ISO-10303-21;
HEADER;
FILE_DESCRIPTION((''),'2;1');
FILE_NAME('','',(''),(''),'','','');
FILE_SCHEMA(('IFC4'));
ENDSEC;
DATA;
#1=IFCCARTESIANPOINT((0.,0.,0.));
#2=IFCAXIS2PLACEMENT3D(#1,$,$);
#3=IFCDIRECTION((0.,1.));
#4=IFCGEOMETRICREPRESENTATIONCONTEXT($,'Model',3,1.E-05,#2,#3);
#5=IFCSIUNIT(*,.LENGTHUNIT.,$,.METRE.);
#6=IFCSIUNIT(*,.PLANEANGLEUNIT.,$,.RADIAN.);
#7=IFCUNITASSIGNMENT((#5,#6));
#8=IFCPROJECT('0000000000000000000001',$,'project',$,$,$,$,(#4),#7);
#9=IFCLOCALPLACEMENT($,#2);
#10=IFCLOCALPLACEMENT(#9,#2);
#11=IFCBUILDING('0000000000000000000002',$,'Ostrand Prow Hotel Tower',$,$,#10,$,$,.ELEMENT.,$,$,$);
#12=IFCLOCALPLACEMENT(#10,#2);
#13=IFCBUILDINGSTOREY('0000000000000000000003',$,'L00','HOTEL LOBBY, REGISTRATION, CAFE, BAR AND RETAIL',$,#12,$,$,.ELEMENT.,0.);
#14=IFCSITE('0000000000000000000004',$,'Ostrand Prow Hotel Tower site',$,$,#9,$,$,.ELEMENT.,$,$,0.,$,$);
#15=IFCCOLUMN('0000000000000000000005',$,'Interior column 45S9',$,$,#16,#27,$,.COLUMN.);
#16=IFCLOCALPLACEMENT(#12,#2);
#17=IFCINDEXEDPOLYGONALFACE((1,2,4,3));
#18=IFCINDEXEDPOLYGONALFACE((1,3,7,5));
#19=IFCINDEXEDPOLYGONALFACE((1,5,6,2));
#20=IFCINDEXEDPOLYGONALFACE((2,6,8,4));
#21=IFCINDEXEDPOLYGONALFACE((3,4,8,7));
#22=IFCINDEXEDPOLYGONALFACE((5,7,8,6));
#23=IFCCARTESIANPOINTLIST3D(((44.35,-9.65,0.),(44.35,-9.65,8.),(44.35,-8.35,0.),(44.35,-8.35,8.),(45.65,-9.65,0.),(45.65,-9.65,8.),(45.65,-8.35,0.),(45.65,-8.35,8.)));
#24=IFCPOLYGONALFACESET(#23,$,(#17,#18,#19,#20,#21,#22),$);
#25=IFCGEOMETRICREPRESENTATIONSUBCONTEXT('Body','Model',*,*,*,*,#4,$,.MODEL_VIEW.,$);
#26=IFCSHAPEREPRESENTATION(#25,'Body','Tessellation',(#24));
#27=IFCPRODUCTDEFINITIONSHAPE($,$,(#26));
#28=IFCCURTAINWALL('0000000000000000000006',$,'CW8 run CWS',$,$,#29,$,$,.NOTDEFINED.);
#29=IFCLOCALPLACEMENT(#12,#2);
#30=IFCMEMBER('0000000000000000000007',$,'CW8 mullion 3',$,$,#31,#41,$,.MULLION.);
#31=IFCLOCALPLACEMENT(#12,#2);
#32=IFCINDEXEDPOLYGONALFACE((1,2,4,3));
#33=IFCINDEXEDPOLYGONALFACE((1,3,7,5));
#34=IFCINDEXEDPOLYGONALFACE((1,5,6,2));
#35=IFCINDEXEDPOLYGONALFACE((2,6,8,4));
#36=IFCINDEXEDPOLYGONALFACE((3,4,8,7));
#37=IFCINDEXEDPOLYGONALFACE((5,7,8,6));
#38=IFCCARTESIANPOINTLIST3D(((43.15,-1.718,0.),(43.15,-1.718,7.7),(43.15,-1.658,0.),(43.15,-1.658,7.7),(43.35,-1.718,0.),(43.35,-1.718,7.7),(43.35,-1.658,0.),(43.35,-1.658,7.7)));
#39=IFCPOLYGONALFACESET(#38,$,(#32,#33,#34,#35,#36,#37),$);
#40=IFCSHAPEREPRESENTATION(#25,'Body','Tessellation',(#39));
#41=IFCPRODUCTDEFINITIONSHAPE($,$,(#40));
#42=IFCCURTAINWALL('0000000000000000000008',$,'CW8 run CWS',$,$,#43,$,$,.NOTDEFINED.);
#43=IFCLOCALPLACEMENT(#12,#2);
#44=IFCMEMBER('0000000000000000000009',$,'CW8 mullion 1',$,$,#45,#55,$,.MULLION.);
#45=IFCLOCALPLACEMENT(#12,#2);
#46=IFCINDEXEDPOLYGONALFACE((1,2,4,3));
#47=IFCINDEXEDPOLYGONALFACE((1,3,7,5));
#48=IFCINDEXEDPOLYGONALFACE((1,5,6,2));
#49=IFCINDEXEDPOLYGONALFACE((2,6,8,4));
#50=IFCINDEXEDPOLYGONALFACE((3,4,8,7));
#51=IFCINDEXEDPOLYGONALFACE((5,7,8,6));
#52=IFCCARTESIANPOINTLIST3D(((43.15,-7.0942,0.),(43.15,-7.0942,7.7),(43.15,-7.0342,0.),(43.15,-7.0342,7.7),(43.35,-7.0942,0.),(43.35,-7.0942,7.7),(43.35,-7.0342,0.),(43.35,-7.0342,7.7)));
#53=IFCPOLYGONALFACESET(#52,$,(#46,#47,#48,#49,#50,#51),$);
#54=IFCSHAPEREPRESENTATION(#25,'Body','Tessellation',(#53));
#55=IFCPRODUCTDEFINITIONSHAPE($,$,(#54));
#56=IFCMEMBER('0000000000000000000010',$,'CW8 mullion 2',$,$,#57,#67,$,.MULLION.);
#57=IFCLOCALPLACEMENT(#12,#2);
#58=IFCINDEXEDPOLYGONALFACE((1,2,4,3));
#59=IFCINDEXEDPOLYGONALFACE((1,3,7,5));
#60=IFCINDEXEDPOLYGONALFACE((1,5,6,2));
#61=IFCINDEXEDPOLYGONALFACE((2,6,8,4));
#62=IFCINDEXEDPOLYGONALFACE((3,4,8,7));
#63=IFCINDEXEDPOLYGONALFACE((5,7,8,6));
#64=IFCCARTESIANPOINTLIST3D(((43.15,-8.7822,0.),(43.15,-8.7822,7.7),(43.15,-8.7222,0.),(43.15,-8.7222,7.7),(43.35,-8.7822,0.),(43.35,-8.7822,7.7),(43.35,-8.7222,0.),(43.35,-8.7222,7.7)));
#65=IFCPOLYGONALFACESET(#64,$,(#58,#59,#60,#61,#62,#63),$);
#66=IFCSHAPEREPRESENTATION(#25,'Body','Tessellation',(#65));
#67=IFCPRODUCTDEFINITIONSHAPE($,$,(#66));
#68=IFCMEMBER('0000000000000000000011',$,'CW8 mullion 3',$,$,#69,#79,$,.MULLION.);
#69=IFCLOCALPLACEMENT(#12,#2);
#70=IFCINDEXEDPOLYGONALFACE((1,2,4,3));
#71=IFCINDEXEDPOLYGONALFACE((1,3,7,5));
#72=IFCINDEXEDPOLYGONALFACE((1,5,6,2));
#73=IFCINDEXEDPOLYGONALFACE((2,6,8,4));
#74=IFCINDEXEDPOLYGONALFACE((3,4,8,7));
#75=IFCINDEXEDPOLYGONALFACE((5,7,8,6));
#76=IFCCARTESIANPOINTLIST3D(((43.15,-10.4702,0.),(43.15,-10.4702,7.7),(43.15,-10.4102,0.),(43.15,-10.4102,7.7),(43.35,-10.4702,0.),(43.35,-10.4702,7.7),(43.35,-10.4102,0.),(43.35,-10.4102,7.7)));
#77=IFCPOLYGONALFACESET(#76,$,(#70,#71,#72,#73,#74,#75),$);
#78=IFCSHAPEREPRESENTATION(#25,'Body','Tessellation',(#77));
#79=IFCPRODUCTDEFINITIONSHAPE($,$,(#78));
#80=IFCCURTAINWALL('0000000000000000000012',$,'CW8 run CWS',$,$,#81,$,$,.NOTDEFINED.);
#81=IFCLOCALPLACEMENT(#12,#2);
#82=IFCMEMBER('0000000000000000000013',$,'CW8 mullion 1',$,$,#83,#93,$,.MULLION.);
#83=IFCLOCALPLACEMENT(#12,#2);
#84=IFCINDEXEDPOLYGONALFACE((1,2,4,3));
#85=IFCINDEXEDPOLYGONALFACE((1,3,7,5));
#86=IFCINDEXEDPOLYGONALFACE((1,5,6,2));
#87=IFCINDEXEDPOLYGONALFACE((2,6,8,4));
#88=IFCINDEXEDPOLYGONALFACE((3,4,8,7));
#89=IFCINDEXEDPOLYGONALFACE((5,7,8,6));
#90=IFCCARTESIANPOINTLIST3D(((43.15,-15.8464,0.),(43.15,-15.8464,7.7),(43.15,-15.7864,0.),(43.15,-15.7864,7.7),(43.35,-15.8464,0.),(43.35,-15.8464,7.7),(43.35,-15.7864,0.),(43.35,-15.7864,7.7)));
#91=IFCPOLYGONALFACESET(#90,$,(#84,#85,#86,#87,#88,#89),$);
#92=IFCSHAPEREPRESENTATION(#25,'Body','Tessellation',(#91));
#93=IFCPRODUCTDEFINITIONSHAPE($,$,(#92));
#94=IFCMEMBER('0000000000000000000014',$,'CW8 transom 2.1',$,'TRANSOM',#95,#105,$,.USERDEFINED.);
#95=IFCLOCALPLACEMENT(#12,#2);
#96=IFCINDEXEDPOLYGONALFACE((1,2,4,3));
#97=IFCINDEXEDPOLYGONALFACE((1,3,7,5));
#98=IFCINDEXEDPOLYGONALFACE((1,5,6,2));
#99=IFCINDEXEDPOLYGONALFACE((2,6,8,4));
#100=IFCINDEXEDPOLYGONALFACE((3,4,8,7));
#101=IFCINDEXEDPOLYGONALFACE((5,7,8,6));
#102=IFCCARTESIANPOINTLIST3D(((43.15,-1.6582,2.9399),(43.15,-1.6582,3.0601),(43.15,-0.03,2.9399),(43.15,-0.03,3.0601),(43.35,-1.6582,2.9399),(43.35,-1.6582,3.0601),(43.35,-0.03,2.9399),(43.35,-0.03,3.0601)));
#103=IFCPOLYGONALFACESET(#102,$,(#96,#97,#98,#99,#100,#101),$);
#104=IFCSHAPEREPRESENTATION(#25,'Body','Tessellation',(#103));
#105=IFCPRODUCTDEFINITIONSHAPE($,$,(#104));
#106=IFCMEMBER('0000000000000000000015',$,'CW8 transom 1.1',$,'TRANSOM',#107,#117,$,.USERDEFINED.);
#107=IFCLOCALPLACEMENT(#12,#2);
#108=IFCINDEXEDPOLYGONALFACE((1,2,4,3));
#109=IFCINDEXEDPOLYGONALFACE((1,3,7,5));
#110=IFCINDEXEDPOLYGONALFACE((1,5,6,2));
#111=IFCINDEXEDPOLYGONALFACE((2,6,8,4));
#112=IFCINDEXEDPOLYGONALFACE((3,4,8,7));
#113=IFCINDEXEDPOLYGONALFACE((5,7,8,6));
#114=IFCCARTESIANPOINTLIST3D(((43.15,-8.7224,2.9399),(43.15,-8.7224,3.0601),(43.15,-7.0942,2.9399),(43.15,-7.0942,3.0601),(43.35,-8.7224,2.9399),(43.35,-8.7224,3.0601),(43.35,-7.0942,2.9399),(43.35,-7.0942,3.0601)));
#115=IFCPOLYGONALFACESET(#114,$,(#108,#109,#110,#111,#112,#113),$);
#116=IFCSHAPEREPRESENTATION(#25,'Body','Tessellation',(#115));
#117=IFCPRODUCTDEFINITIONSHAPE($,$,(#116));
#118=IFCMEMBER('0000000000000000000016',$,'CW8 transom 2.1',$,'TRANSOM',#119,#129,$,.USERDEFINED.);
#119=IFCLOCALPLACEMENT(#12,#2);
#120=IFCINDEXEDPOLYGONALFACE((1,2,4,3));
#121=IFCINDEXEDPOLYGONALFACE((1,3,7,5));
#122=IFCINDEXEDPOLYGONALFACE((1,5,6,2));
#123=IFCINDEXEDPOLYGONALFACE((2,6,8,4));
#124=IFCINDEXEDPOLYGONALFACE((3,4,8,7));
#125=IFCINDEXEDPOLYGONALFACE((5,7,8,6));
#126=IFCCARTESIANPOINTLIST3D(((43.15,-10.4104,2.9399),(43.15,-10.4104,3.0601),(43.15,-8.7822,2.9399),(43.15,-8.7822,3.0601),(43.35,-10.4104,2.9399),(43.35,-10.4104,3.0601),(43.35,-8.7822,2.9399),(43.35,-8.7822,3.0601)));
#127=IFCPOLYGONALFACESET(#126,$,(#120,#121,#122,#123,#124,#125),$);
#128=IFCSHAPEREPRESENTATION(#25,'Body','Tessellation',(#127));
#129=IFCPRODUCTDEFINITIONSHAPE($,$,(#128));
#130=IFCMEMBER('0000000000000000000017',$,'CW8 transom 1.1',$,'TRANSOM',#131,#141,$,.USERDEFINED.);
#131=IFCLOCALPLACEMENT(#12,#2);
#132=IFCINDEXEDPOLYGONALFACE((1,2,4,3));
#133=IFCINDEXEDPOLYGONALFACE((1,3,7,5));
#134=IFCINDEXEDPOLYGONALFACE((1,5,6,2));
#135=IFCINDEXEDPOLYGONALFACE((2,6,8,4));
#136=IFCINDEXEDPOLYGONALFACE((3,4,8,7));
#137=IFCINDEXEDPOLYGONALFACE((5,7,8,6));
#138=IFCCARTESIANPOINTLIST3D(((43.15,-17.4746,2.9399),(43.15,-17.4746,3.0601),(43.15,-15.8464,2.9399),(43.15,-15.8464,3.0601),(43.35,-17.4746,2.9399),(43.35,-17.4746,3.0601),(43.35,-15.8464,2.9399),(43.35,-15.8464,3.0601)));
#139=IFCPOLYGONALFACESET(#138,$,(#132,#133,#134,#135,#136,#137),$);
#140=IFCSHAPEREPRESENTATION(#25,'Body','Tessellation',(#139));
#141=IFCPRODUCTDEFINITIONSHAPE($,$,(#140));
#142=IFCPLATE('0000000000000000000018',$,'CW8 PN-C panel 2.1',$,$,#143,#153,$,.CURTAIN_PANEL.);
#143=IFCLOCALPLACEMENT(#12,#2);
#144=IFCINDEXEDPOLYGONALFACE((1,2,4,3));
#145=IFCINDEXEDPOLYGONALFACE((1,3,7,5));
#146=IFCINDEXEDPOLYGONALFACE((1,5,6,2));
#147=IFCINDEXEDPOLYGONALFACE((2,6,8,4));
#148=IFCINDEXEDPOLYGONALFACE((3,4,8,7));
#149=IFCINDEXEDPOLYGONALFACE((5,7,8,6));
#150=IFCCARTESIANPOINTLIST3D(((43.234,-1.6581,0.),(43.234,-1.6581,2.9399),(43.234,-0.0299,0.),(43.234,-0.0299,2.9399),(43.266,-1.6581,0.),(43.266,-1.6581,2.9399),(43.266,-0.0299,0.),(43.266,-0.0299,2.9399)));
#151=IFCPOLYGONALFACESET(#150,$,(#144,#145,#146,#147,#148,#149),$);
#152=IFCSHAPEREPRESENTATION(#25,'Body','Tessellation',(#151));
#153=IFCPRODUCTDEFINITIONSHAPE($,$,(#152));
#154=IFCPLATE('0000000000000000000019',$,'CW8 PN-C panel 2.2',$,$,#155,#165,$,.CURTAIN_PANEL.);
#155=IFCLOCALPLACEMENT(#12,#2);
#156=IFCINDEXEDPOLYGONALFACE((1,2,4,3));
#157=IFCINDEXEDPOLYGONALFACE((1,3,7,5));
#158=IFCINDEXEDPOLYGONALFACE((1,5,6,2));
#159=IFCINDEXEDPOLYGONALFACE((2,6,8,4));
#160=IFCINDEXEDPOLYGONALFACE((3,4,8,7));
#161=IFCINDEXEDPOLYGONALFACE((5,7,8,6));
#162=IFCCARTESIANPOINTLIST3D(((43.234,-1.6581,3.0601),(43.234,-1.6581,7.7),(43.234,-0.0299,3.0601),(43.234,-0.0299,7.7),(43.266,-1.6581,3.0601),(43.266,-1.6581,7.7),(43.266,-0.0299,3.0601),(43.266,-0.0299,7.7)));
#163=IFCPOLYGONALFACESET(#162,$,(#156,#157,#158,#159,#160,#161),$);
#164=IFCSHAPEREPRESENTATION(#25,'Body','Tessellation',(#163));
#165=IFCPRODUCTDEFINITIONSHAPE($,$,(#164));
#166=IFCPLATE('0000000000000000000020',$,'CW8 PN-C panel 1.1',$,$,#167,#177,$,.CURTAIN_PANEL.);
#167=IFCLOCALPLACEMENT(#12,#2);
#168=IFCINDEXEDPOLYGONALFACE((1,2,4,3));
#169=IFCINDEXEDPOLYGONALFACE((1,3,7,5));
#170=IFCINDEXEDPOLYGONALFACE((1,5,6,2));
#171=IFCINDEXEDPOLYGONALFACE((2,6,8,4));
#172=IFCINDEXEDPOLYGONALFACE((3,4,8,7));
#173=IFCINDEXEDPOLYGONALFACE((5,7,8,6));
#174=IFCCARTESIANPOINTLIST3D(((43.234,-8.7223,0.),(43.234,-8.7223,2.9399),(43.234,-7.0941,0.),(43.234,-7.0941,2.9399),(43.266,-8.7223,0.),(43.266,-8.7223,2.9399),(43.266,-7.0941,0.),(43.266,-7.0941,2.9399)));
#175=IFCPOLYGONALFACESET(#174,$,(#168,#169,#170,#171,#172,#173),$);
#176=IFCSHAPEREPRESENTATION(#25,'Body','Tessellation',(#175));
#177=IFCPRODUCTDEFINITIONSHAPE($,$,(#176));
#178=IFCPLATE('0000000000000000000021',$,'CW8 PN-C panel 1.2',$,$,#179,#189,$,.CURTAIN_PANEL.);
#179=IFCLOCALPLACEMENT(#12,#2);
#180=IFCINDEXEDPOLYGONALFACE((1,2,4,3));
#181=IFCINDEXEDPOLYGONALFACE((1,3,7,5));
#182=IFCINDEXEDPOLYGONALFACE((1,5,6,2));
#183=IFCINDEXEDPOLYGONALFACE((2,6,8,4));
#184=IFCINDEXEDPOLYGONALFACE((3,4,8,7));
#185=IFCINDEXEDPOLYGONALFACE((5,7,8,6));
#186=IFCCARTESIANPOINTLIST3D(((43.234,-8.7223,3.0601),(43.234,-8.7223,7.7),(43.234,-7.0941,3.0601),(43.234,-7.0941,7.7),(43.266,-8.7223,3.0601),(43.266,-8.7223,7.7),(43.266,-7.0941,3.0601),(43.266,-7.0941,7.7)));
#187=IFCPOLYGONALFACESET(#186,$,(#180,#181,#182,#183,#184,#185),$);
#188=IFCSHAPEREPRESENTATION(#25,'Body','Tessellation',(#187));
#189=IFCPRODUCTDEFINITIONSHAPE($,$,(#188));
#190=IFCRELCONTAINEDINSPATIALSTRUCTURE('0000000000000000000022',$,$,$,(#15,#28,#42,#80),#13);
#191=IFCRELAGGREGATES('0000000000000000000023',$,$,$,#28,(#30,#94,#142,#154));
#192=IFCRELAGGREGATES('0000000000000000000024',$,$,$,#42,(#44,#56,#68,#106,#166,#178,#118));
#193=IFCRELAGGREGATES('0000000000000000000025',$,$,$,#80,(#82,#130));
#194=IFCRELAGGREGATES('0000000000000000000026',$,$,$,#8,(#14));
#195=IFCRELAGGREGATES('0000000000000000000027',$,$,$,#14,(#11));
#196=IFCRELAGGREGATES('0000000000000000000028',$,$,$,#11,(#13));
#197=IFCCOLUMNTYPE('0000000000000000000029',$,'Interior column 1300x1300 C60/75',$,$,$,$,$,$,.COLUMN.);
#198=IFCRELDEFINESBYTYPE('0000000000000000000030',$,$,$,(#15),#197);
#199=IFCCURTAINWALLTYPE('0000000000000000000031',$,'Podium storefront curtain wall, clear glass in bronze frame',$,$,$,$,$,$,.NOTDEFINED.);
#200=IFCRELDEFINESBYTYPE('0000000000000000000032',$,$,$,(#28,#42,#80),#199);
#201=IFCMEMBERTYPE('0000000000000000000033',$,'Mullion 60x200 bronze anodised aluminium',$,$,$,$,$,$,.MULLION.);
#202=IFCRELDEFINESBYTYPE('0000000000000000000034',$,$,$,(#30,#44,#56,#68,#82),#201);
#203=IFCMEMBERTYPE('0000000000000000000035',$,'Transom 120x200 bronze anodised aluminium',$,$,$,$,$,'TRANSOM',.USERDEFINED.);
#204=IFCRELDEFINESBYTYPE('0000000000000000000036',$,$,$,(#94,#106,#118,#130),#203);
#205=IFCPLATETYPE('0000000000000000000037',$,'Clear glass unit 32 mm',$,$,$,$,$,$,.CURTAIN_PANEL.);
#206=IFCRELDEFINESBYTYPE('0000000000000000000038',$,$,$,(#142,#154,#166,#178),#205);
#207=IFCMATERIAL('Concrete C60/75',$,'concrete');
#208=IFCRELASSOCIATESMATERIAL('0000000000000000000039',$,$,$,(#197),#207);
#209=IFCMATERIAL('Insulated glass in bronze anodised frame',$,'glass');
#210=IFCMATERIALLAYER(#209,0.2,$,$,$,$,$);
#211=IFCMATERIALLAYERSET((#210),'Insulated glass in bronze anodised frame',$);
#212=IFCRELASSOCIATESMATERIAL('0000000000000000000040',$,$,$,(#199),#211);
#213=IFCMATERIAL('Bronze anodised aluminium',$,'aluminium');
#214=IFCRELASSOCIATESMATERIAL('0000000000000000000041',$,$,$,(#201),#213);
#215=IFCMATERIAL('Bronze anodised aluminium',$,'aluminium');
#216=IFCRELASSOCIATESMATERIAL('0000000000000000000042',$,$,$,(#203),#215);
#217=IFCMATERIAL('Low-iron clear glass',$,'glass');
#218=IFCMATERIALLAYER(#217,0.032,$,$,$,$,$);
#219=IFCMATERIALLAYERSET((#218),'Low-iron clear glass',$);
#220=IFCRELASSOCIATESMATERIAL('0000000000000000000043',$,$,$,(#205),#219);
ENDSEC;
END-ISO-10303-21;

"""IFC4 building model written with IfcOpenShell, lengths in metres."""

from ifc_helpers import new_model, si_unit, direction, frame, origin, origin_2d, place, context, subcontext, project, spatial, rectangle, extrude, material, layer, layer_set, material_profile, profile_set, type_object, element, aggregate, save


model = new_model("IFC4")

# Units and contexts
model_context = context("Model", 3, precision=1e-05, world=origin(), true_north=direction((0.0, 1.0)))
body_context = subcontext(model_context, "Body", "Model", "MODEL_VIEW")
ifc_project = project(units=[si_unit("LENGTHUNIT", "METRE"), si_unit("PLANEANGLEUNIT", "RADIAN")], contexts=[model_context])

# Site, building, storey
site_placement = place(None, origin())
site = spatial("IfcSite", under=ifc_project, at=site_placement, Name="Ostrand Prow Hotel Tower site", CompositionType="ELEMENT", RefElevation=0.0)
building_placement = place(site_placement, origin())
building = spatial("IfcBuilding", under=site, at=building_placement, Name="Ostrand Prow Hotel Tower", CompositionType="ELEMENT")
storey_placement = place(building_placement, origin())
storey = spatial("IfcBuildingStorey", under=building, at=storey_placement, Name="L00", Description="HOTEL LOBBY, REGISTRATION, CAFE, BAR AND RETAIL", CompositionType="ELEMENT", Elevation=0.0)

# Column
ifc_material_1 = material(Name="Concrete C60/75", Category="concrete")
ifc_material_profile_1 = material_profile(ifc_material_1, rectangle(XDim=1.3, YDim=1.3, at=origin_2d()), Name="RC 1300x1300")
ifc_profile_set_1 = profile_set([ifc_material_profile_1], Name="Concrete C60/75")
column_type = type_object("IfcColumnType", Name="Interior column 1300x1300 C60/75", PredefinedType="COLUMN", material=ifc_profile_set_1)
column_placement = place(storey_placement, frame((45.0, -9.0, 0.0), z_axis=(0.0, 0.0, 1.0), x_axis=(1.0, 0.0, 0.0)))
element("IfcColumn", 1, at=column_placement, inside=storey, type_object=column_type, Name="Interior column 45S9", PredefinedType="COLUMN", context=body_context, shape_type="SweptSolid", body=[
    extrude(rectangle(XDim=1.3, YDim=1.3, at=origin_2d()), origin(), (0.0, 0.0, 1.0), 8.0),
])

# Curtain wall, member
ifc_material_2 = material(Name="Insulated glass in bronze anodised frame", Category="glass")
ifc_layer_1 = layer(ifc_material_2, 0.2)
ifc_layer_set_1 = layer_set([ifc_layer_1], Name="Insulated glass in bronze anodised frame")
curtain_wall_type = type_object("IfcCurtainWallType", Name="Podium storefront curtain wall, clear glass in bronze frame", PredefinedType="NOTDEFINED", material=ifc_layer_set_1)
curtain_wall_1_placement = place(storey_placement, origin())
curtain_wall_1 = element("IfcCurtainWall", 2, at=curtain_wall_1_placement, inside=storey, type_object=curtain_wall_type, Name="CW8 run CWS", PredefinedType="NOTDEFINED")
ifc_material_3 = material(Name="Bronze anodised aluminium", Category="aluminium")
ifc_material_profile_2 = material_profile(ifc_material_3, rectangle(XDim=0.2, YDim=0.0601, at=origin_2d()), Name="Mullion 60x200 bronze anodised aluminium")
ifc_profile_set_2 = profile_set([ifc_material_profile_2], Name="Bronze anodised aluminium")
member_type_1 = type_object("IfcMemberType", Name="Mullion 60x200 bronze anodised aluminium", PredefinedType="MULLION", material=ifc_profile_set_2)
member_1_placement = place(storey_placement, frame((43.25, -1.688, 0.0), z_axis=(0.0, 0.0, 1.0), x_axis=(1.0, 0.0, 0.0)))
member_1 = element("IfcMember", 3, at=member_1_placement, type_object=member_type_1, Name="CW8 mullion 3", PredefinedType="MULLION", context=body_context, shape_type="SweptSolid", body=[
    extrude(rectangle(XDim=0.2, YDim=0.0601, at=origin_2d()), origin(), (0.0, 0.0, 1.0), 7.7),
])

# Curtain wall, members
curtain_wall_2_placement = place(storey_placement, origin())
curtain_wall_2 = element("IfcCurtainWall", 4, at=curtain_wall_2_placement, inside=storey, type_object=curtain_wall_type, Name="CW8 run CWS", PredefinedType="NOTDEFINED")
member_2_placement = place(storey_placement, frame((43.25, -7.0642, 0.0), z_axis=(0.0, 0.0, 1.0), x_axis=(1.0, 0.0, 0.0)))
member_2 = element("IfcMember", 5, at=member_2_placement, type_object=member_type_1, Name="CW8 mullion 1", PredefinedType="MULLION", context=body_context, shape_type="SweptSolid", body=[
    extrude(rectangle(XDim=0.2, YDim=0.0601, at=origin_2d()), origin(), (0.0, 0.0, 1.0), 7.7),
])
member_3_placement = place(storey_placement, frame((43.25, -8.7522, 0.0), z_axis=(0.0, 0.0, 1.0), x_axis=(1.0, 0.0, 0.0)))
member_3 = element("IfcMember", 6, at=member_3_placement, type_object=member_type_1, Name="CW8 mullion 2", PredefinedType="MULLION", context=body_context, shape_type="SweptSolid", body=[
    extrude(rectangle(XDim=0.2, YDim=0.0601, at=origin_2d()), origin(), (0.0, 0.0, 1.0), 7.7),
])
member_4_placement = place(storey_placement, frame((43.25, -10.4402, 0.0), z_axis=(0.0, 0.0, 1.0), x_axis=(1.0, 0.0, 0.0)))
member_4 = element("IfcMember", 7, at=member_4_placement, type_object=member_type_1, Name="CW8 mullion 3", PredefinedType="MULLION", context=body_context, shape_type="SweptSolid", body=[
    extrude(rectangle(XDim=0.2, YDim=0.0601, at=origin_2d()), origin(), (0.0, 0.0, 1.0), 7.7),
])

# Curtain wall, member
curtain_wall_3_placement = place(storey_placement, origin())
curtain_wall_3 = element("IfcCurtainWall", 8, at=curtain_wall_3_placement, inside=storey, type_object=curtain_wall_type, Name="CW8 run CWS", PredefinedType="NOTDEFINED")
member_5_placement = place(storey_placement, frame((43.25, -15.8164, 0.0), z_axis=(0.0, 0.0, 1.0), x_axis=(1.0, 0.0, 0.0)))
member_5 = element("IfcMember", 9, at=member_5_placement, type_object=member_type_1, Name="CW8 mullion 1", PredefinedType="MULLION", context=body_context, shape_type="SweptSolid", body=[
    extrude(rectangle(XDim=0.2, YDim=0.0601, at=origin_2d()), origin(), (0.0, 0.0, 1.0), 7.7),
])

# Members
ifc_material_4 = material(Name="Bronze anodised aluminium", Category="aluminium")
ifc_material_profile_3 = material_profile(ifc_material_4, rectangle(XDim=0.2, YDim=0.1201, at=origin_2d()), Name="Transom 120x200 bronze anodised aluminium")
ifc_profile_set_3 = profile_set([ifc_material_profile_3], Name="Bronze anodised aluminium")
member_type_2 = type_object("IfcMemberType", Name="Transom 120x200 bronze anodised aluminium", ElementType="TRANSOM", PredefinedType="USERDEFINED", material=ifc_profile_set_3)
member_6_placement = place(storey_placement, frame((43.25, -0.03, 3.0), z_axis=(0.0, -1.0, 0.0), x_axis=(1.0, 0.0, 0.0)))
member_6 = element("IfcMember", 10, at=member_6_placement, type_object=member_type_2, Name="CW8 transom 2.1", ObjectType="TRANSOM", PredefinedType="USERDEFINED", context=body_context, shape_type="SweptSolid", body=[
    extrude(rectangle(XDim=0.2, YDim=0.1201, at=origin_2d()), origin(), (0.0, 0.0, 1.0), 1.6282),
])
member_7_placement = place(storey_placement, frame((43.25, -7.0942, 3.0), z_axis=(0.0, -1.0, 0.0), x_axis=(1.0, 0.0, 0.0)))
member_7 = element("IfcMember", 11, at=member_7_placement, type_object=member_type_2, Name="CW8 transom 1.1", ObjectType="TRANSOM", PredefinedType="USERDEFINED", context=body_context, shape_type="SweptSolid", body=[
    extrude(rectangle(XDim=0.2, YDim=0.1201, at=origin_2d()), origin(), (0.0, 0.0, 1.0), 1.6282),
])
member_8_placement = place(storey_placement, frame((43.25, -8.7822, 3.0), z_axis=(0.0, -1.0, 0.0), x_axis=(1.0, 0.0, 0.0)))
member_8 = element("IfcMember", 12, at=member_8_placement, type_object=member_type_2, Name="CW8 transom 2.1", ObjectType="TRANSOM", PredefinedType="USERDEFINED", context=body_context, shape_type="SweptSolid", body=[
    extrude(rectangle(XDim=0.2, YDim=0.1201, at=origin_2d()), origin(), (0.0, 0.0, 1.0), 1.6282),
])
member_9_placement = place(storey_placement, frame((43.25, -15.8464, 3.0), z_axis=(0.0, -1.0, 0.0), x_axis=(1.0, 0.0, 0.0)))
member_9 = element("IfcMember", 13, at=member_9_placement, type_object=member_type_2, Name="CW8 transom 1.1", ObjectType="TRANSOM", PredefinedType="USERDEFINED", context=body_context, shape_type="SweptSolid", body=[
    extrude(rectangle(XDim=0.2, YDim=0.1201, at=origin_2d()), origin(), (0.0, 0.0, 1.0), 1.6282),
])

# Plates
ifc_material_5 = material(Name="Low-iron clear glass", Category="glass")
ifc_layer_2 = layer(ifc_material_5, 0.032)
ifc_layer_set_2 = layer_set([ifc_layer_2], Name="Low-iron clear glass")
plate_type = type_object("IfcPlateType", Name="Clear glass unit 32 mm", PredefinedType="CURTAIN_PANEL", material=ifc_layer_set_2)
plate_1_placement = place(storey_placement, frame((43.25, -0.844, 0.0), z_axis=(0.0, 0.0, 1.0), x_axis=(0.0, -1.0, 0.0)))
plate_1 = element("IfcPlate", 14, at=plate_1_placement, type_object=plate_type, Name="CW8 PN-C panel 2.1", PredefinedType="CURTAIN_PANEL", context=body_context, shape_type="SweptSolid", body=[
    extrude(rectangle(XDim=1.6282, YDim=0.032, at=origin_2d()), origin(), (0.0, 0.0, 1.0), 2.9399),
])
plate_2_placement = place(storey_placement, frame((43.25, -0.844, 3.0601), z_axis=(0.0, 0.0, 1.0), x_axis=(0.0, -1.0, 0.0)))
plate_2 = element("IfcPlate", 15, at=plate_2_placement, type_object=plate_type, Name="CW8 PN-C panel 2.2", PredefinedType="CURTAIN_PANEL", context=body_context, shape_type="SweptSolid", body=[
    extrude(rectangle(XDim=1.6282, YDim=0.032, at=origin_2d()), origin(), (0.0, 0.0, 1.0), 4.6399),
])
aggregate(curtain_wall_1, [member_1, member_6, plate_1, plate_2])
plate_3_placement = place(storey_placement, frame((43.25, -7.9082, 0.0), z_axis=(0.0, 0.0, 1.0), x_axis=(0.0, -1.0, 0.0)))
plate_3 = element("IfcPlate", 16, at=plate_3_placement, type_object=plate_type, Name="CW8 PN-C panel 1.1", PredefinedType="CURTAIN_PANEL", context=body_context, shape_type="SweptSolid", body=[
    extrude(rectangle(XDim=1.6282, YDim=0.032, at=origin_2d()), origin(), (0.0, 0.0, 1.0), 2.9399),
])
plate_4_placement = place(storey_placement, frame((43.25, -7.9082, 3.0601), z_axis=(0.0, 0.0, 1.0), x_axis=(0.0, -1.0, 0.0)))
plate_4 = element("IfcPlate", 17, at=plate_4_placement, type_object=plate_type, Name="CW8 PN-C panel 1.2", PredefinedType="CURTAIN_PANEL", context=body_context, shape_type="SweptSolid", body=[
    extrude(rectangle(XDim=1.6282, YDim=0.032, at=origin_2d()), origin(), (0.0, 0.0, 1.0), 4.6399),
])
aggregate(curtain_wall_2, [member_2, member_3, member_4, member_7, plate_3, plate_4, member_8])
aggregate(curtain_wall_3, [member_5, member_9])

save(model, "model.ifc")
